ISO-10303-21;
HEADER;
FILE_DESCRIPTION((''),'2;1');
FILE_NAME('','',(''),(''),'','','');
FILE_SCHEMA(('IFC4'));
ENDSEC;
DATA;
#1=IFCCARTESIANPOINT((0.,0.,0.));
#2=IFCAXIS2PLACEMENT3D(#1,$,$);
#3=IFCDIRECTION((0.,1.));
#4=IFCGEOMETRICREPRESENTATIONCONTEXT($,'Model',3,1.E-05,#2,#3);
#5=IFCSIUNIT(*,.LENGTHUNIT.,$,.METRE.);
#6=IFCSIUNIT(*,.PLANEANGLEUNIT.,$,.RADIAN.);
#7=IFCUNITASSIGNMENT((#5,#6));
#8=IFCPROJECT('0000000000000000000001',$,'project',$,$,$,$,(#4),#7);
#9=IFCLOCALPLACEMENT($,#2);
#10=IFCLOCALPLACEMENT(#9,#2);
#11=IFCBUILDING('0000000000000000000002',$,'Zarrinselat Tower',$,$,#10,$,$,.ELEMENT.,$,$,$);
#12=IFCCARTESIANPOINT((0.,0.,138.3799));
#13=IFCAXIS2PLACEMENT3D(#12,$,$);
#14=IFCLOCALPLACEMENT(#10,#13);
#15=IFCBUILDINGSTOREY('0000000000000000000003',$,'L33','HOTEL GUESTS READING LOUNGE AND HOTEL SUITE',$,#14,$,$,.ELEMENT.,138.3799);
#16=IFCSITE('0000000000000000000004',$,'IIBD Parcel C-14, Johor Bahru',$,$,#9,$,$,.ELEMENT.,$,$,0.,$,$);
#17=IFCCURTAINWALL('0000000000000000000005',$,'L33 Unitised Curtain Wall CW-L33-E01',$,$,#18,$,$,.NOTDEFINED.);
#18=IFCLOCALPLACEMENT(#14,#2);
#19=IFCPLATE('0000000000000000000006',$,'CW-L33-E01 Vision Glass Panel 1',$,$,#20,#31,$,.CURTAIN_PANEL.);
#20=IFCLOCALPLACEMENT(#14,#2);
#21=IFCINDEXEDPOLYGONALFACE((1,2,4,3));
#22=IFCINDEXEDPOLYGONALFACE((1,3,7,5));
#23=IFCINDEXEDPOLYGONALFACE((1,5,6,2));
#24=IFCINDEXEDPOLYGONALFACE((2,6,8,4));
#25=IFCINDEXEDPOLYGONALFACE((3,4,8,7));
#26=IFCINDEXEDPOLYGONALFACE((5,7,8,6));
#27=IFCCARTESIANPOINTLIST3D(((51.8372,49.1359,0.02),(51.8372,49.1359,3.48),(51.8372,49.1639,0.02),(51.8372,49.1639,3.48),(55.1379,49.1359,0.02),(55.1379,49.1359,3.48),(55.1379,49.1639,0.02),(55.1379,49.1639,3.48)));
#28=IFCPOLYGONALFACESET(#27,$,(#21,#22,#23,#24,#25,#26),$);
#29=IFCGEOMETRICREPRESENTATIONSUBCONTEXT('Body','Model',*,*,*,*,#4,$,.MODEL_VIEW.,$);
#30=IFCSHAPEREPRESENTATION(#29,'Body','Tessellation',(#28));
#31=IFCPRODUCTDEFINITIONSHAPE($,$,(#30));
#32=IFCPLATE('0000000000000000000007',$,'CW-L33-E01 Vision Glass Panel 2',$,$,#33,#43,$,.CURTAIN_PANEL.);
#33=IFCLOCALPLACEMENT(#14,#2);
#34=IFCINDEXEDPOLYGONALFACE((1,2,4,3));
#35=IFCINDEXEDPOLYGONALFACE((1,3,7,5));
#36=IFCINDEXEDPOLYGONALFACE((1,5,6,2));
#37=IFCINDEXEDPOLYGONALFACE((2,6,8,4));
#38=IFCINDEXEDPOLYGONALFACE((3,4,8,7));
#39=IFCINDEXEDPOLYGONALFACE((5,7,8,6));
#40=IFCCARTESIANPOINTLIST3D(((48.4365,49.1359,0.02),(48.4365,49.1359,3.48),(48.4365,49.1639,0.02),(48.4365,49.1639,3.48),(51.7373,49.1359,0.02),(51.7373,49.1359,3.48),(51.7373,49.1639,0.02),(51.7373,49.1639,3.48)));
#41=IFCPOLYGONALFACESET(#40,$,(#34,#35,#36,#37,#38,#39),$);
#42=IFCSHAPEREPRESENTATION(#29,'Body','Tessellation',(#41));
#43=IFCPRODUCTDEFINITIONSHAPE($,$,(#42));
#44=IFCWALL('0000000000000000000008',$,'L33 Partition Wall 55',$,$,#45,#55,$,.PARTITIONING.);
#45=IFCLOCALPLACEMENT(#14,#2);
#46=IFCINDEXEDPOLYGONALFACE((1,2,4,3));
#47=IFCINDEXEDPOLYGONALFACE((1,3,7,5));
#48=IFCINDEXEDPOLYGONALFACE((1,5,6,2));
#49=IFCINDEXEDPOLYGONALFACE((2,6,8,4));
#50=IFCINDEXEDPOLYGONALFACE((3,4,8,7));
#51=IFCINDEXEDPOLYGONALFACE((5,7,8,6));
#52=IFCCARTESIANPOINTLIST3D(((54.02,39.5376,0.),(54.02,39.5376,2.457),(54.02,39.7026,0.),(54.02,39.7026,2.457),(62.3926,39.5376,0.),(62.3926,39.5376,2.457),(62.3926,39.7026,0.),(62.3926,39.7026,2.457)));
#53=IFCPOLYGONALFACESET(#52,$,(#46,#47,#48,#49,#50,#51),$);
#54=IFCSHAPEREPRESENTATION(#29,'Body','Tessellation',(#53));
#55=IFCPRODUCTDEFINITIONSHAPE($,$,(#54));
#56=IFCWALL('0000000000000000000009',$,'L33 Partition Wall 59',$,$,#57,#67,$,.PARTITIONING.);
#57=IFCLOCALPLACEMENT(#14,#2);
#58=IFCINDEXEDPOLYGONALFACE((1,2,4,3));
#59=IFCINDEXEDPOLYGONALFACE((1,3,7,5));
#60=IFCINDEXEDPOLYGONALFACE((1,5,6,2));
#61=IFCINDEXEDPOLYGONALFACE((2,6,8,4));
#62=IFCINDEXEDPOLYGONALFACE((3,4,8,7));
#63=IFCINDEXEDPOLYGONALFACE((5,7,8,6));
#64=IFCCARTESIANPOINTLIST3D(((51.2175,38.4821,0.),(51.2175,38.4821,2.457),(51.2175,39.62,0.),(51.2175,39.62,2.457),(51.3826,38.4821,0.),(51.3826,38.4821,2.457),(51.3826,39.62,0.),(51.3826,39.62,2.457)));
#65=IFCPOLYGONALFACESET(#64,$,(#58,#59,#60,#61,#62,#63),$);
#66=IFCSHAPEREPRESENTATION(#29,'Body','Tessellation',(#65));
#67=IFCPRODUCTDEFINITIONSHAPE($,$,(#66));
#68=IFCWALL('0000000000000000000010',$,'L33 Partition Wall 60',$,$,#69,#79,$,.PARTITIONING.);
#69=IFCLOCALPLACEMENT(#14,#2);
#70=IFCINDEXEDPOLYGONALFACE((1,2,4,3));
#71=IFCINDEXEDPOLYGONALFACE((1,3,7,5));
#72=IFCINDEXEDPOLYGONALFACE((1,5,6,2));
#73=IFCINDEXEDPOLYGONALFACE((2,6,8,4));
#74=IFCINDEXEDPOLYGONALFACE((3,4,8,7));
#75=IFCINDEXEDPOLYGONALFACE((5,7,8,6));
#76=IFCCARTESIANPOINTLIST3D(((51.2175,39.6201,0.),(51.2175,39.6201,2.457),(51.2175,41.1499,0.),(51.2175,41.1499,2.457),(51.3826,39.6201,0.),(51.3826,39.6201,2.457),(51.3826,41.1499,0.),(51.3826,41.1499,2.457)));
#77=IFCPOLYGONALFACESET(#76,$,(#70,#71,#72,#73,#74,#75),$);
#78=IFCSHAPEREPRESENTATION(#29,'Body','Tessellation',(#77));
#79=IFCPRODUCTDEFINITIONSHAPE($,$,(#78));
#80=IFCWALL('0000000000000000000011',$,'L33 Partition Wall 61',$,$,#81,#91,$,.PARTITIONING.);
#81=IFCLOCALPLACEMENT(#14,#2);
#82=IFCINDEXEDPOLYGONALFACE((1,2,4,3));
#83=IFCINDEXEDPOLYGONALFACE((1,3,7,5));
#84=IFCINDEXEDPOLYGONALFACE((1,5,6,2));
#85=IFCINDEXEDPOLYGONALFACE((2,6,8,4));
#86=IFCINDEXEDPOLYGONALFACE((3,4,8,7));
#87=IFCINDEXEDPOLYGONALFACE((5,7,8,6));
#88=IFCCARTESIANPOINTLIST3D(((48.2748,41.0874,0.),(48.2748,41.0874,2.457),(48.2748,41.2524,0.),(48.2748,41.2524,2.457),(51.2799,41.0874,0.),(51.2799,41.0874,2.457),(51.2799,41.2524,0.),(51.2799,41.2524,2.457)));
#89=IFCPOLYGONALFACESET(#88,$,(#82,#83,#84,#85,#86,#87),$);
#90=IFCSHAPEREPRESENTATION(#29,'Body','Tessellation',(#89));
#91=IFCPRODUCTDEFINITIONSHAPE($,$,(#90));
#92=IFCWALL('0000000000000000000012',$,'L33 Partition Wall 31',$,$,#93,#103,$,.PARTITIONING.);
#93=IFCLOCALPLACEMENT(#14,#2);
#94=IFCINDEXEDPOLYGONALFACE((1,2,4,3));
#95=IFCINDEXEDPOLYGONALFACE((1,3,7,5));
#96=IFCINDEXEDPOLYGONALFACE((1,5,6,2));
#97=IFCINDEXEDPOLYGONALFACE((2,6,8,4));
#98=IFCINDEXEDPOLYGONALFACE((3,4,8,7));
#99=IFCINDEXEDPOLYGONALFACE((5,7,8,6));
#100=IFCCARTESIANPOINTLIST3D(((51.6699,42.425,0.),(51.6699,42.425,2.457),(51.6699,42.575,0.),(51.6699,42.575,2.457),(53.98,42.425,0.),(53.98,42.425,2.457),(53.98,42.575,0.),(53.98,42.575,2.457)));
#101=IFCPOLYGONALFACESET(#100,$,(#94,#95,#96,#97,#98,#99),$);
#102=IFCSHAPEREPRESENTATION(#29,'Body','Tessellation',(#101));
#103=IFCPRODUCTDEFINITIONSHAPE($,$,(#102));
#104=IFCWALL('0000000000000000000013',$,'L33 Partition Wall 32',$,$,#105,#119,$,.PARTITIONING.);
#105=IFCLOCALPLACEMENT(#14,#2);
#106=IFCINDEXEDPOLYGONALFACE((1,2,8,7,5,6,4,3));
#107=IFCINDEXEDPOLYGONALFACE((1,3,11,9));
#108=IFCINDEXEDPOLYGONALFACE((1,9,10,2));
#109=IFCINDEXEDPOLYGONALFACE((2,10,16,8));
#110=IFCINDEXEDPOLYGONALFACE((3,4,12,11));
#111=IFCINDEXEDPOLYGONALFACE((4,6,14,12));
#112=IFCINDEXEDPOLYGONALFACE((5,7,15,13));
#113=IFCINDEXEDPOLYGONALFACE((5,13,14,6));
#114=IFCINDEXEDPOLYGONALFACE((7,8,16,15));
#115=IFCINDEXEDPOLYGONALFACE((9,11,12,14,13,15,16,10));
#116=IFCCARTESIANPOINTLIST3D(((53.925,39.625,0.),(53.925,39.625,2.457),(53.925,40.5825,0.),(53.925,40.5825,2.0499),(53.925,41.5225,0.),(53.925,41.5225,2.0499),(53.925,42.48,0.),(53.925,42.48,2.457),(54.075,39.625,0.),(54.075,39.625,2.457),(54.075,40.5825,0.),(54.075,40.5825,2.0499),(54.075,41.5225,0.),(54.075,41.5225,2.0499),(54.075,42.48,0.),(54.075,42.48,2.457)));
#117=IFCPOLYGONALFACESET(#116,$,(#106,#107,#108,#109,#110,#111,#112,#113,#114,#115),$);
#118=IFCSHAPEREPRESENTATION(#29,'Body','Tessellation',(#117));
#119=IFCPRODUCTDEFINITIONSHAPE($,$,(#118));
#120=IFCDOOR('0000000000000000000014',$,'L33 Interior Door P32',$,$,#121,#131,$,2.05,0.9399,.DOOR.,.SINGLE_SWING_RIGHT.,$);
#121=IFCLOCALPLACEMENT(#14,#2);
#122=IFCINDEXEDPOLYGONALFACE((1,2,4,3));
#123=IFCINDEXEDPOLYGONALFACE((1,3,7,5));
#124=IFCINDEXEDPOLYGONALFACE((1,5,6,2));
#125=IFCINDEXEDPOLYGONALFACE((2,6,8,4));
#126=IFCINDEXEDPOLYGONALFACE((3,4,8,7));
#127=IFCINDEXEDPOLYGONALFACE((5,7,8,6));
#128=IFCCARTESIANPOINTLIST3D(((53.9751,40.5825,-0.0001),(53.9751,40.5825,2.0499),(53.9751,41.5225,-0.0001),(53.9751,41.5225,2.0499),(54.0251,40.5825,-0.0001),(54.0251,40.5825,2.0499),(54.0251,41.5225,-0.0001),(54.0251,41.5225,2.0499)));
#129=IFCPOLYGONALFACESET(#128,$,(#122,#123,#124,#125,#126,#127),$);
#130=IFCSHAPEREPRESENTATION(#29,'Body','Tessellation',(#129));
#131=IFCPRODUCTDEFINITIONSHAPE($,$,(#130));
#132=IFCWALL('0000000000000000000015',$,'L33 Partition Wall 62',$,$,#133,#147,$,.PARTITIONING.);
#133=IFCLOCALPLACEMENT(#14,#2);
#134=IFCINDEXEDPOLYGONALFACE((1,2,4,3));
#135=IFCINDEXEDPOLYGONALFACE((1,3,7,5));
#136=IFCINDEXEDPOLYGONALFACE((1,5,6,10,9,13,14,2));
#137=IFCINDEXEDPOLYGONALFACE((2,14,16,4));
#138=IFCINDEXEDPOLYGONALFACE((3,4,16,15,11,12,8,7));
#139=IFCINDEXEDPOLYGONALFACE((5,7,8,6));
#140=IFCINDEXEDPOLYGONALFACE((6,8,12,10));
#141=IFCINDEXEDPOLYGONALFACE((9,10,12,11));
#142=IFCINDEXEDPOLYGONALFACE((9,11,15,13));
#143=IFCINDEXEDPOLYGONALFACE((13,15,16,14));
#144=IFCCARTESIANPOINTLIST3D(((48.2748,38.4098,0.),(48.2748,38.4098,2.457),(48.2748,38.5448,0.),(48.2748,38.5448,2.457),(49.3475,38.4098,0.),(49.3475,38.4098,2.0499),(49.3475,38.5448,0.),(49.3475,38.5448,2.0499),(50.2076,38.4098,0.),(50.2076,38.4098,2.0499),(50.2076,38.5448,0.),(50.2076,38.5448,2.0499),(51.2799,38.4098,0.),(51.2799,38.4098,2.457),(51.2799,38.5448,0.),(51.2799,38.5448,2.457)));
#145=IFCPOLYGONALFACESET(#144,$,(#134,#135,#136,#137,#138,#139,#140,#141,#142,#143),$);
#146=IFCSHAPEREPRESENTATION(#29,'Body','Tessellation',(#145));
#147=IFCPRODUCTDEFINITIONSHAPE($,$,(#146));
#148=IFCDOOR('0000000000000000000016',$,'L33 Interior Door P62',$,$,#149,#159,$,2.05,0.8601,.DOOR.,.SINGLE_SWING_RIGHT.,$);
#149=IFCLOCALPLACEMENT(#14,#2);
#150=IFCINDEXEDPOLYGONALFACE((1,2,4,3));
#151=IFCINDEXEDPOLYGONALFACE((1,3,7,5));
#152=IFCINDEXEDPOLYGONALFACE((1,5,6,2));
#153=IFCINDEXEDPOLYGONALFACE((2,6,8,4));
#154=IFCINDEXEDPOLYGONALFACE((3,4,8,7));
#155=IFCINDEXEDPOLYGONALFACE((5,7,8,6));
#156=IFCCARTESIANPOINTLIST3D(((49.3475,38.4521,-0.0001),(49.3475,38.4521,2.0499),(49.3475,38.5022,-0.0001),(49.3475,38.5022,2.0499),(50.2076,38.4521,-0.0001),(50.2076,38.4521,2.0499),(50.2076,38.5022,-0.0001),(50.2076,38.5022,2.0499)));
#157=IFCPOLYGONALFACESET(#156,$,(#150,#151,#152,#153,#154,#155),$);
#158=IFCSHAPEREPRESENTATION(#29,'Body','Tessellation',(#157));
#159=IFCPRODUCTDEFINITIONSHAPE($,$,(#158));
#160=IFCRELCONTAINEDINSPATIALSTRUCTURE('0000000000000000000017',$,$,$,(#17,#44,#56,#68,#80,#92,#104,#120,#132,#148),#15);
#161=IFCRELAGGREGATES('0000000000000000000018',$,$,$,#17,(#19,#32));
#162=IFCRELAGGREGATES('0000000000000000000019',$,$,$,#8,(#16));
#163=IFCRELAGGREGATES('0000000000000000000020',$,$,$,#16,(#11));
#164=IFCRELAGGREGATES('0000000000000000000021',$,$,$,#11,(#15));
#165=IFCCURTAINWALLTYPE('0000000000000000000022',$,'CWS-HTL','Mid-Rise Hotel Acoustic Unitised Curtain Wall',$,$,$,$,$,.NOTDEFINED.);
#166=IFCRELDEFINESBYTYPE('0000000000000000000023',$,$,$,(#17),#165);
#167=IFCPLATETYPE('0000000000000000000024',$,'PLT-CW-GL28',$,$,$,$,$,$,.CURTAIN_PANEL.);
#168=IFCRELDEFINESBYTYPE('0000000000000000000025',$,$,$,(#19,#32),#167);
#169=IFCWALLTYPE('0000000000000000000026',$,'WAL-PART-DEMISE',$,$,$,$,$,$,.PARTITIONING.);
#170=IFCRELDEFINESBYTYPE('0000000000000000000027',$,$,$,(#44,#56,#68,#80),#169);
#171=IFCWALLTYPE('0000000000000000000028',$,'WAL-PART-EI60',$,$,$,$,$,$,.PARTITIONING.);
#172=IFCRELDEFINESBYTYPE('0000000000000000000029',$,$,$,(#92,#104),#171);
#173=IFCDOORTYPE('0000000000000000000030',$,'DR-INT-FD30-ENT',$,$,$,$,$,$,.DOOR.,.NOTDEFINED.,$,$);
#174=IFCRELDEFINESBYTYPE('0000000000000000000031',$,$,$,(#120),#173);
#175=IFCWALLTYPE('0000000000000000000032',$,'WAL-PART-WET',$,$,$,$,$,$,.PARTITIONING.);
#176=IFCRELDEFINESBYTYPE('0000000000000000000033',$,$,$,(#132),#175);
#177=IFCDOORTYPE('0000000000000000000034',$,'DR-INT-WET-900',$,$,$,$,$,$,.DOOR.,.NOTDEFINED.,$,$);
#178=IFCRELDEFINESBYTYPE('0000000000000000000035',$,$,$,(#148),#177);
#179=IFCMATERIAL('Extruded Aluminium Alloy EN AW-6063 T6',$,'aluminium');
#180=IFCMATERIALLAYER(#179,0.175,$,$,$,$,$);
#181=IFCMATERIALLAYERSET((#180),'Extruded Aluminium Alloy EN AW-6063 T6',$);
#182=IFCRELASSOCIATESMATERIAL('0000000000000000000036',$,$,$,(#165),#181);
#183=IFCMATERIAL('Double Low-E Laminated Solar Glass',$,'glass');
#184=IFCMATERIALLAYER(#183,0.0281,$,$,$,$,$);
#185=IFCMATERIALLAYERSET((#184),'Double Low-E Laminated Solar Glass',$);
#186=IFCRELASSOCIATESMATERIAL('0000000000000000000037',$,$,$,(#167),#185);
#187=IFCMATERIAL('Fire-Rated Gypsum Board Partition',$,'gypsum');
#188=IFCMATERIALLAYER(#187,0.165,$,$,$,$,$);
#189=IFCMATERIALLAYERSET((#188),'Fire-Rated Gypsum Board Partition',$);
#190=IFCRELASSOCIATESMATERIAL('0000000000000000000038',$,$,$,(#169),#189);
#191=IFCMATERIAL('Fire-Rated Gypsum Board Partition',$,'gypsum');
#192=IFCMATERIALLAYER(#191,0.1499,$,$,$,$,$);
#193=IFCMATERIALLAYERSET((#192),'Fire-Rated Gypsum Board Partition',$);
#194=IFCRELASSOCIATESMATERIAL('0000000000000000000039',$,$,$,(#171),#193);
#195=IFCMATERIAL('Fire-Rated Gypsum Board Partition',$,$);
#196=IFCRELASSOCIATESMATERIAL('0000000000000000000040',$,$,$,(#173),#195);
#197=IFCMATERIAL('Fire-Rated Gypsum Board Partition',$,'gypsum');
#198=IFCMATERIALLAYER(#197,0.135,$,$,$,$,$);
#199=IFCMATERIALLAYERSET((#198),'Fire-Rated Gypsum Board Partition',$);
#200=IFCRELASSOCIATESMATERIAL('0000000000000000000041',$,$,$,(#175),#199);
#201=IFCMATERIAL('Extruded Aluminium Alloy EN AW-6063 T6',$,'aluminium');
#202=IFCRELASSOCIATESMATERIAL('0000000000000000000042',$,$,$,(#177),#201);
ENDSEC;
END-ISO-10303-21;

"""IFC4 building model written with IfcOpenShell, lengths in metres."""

from ifc_helpers import new_model, si_unit, direction, frame, frame_2d, origin, origin_2d, place, context, subcontext, project, spatial, rectangle, extrude, material, layer, layer_set, type_object, element, fill, aggregate, save


model = new_model("IFC4")

# Units and contexts
model_context = context("Model", 3, precision=1e-05, world=origin(), true_north=direction((0.0, 1.0)))
body_context = subcontext(model_context, "Body", "Model", "MODEL_VIEW")
ifc_project = project(units=[si_unit("LENGTHUNIT", "METRE"), si_unit("PLANEANGLEUNIT", "RADIAN")], contexts=[model_context])

# Site, building, storey
site_placement = place(None, origin())
site = spatial("IfcSite", under=ifc_project, at=site_placement, Name="IIBD Parcel C-14, Johor Bahru", CompositionType="ELEMENT", RefElevation=0.0)
building_placement = place(site_placement, origin())
building = spatial("IfcBuilding", under=site, at=building_placement, Name="Zarrinselat Tower", CompositionType="ELEMENT")
storey_placement = place(building_placement, frame((0.0, 0.0, 138.3799)))
storey = spatial("IfcBuildingStorey", under=building, at=storey_placement, Name="L33", Description="HOTEL GUESTS READING LOUNGE AND HOTEL SUITE", CompositionType="ELEMENT", Elevation=138.3799)

# Curtain wall, plates
ifc_material_1 = material(Name="Extruded Aluminium Alloy EN AW-6063 T6", Category="aluminium")
ifc_layer_1 = layer(ifc_material_1, 0.175)
ifc_layer_set_1 = layer_set([ifc_layer_1], Name="Extruded Aluminium Alloy EN AW-6063 T6")
curtain_wall_type = type_object("IfcCurtainWallType", Name="CWS-HTL", Description="Mid-Rise Hotel Acoustic Unitised Curtain Wall", PredefinedType="NOTDEFINED", material=ifc_layer_set_1)
curtain_wall_placement = place(storey_placement, origin())
curtain_wall = element("IfcCurtainWall", 1, at=curtain_wall_placement, inside=storey, type_object=curtain_wall_type, Name="L33 Unitised Curtain Wall CW-L33-E01", PredefinedType="NOTDEFINED")
ifc_material_2 = material(Name="Double Low-E Laminated Solar Glass", Category="glass")
ifc_layer_2 = layer(ifc_material_2, 0.0281)
ifc_layer_set_2 = layer_set([ifc_layer_2], Name="Double Low-E Laminated Solar Glass")
plate_type = type_object("IfcPlateType", Name="PLT-CW-GL28", PredefinedType="CURTAIN_PANEL", material=ifc_layer_set_2)
plate_1_placement = place(storey_placement, frame((53.4875, 49.1499, 0.02), z_axis=(0.0, 0.0, 1.0), x_axis=(-1.0, 0.0, 0.0)))
plate_1 = element("IfcPlate", 2, at=plate_1_placement, type_object=plate_type, Name="CW-L33-E01 Vision Glass Panel 1", PredefinedType="CURTAIN_PANEL", context=body_context, shape_type="SweptSolid", body=[
    extrude(rectangle(XDim=3.3008, YDim=0.0281, at=origin_2d()), origin(), (0.0, 0.0, 1.0), 3.46),
])
plate_2_placement = place(storey_placement, frame((50.0869, 49.1499, 0.02), z_axis=(0.0, 0.0, 1.0), x_axis=(-1.0, 0.0, 0.0)))
plate_2 = element("IfcPlate", 3, at=plate_2_placement, type_object=plate_type, Name="CW-L33-E01 Vision Glass Panel 2", PredefinedType="CURTAIN_PANEL", context=body_context, shape_type="SweptSolid", body=[
    extrude(rectangle(XDim=3.3008, YDim=0.0281, at=origin_2d()), origin(), (0.0, 0.0, 1.0), 3.46),
])
aggregate(curtain_wall, [plate_1, plate_2])

# Walls
ifc_material_3 = material(Name="Fire-Rated Gypsum Board Partition", Category="gypsum")
ifc_layer_3 = layer(ifc_material_3, 0.165)
ifc_layer_set_3 = layer_set([ifc_layer_3], Name="Fire-Rated Gypsum Board Partition")
wall_type_1 = type_object("IfcWallType", Name="WAL-PART-DEMISE", PredefinedType="PARTITIONING", material=ifc_layer_set_3)
wall_1_placement = place(storey_placement, frame((54.02, 39.6201, 0.0), z_axis=(0.0, 0.0, 1.0), x_axis=(1.0, 0.0, 0.0)))
element("IfcWall", 4, at=wall_1_placement, inside=storey, type_object=wall_type_1, Name="L33 Partition Wall 55", PredefinedType="PARTITIONING", context=body_context, shape_type="SweptSolid", body=[
    extrude(rectangle(XDim=8.3726, YDim=0.165, at=frame_2d((4.1863, 0.0))), origin(), (0.0, 0.0, 1.0), 2.457),
])
wall_2_placement = place(storey_placement, frame((51.3, 38.4822, 0.0), z_axis=(0.0, 0.0, 1.0), x_axis=(0.0, 1.0, 0.0)))
element("IfcWall", 5, at=wall_2_placement, inside=storey, type_object=wall_type_1, Name="L33 Partition Wall 59", PredefinedType="PARTITIONING", context=body_context, shape_type="SweptSolid", body=[
    extrude(rectangle(XDim=1.1379, YDim=0.165, at=frame_2d((0.5688, 0.0))), origin(), (0.0, 0.0, 1.0), 2.457),
])
wall_3_placement = place(storey_placement, frame((51.3, 39.6201, 0.0), z_axis=(0.0, 0.0, 1.0), x_axis=(0.0, 1.0, 0.0)))
element("IfcWall", 6, at=wall_3_placement, inside=storey, type_object=wall_type_1, Name="L33 Partition Wall 60", PredefinedType="PARTITIONING", context=body_context, shape_type="SweptSolid", body=[
    extrude(rectangle(XDim=1.5298, YDim=0.165, at=frame_2d((0.7649, 0.0))), origin(), (0.0, 0.0, 1.0), 2.457),
])
wall_4_placement = place(storey_placement, frame((48.2749, 41.1699, 0.0), z_axis=(0.0, 0.0, 1.0), x_axis=(1.0, 0.0, 0.0)))
element("IfcWall", 7, at=wall_4_placement, inside=storey, type_object=wall_type_1, Name="L33 Partition Wall 61", PredefinedType="PARTITIONING", context=body_context, shape_type="SweptSolid", body=[
    extrude(rectangle(XDim=3.0051, YDim=0.165, at=frame_2d((1.5024, 0.0))), origin(), (0.0, 0.0, 1.0), 2.457),
])
ifc_material_4 = material(Name="Fire-Rated Gypsum Board Partition", Category="gypsum")
ifc_layer_4 = layer(ifc_material_4, 0.1499)
ifc_layer_set_4 = layer_set([ifc_layer_4], Name="Fire-Rated Gypsum Board Partition")
wall_type_2 = type_object("IfcWallType", Name="WAL-PART-EI60", PredefinedType="PARTITIONING", material=ifc_layer_set_4)
wall_5_placement = place(storey_placement, frame((51.6699, 42.5, 0.0), z_axis=(0.0, 0.0, 1.0), x_axis=(1.0, 0.0, 0.0)))
element("IfcWall", 8, at=wall_5_placement, inside=storey, type_object=wall_type_2, Name="L33 Partition Wall 31", PredefinedType="PARTITIONING", context=body_context, shape_type="SweptSolid", body=[
    extrude(rectangle(XDim=2.3101, YDim=0.1499, at=frame_2d((1.155, 0.0))), origin(), (0.0, 0.0, 1.0), 2.457),
])

# Walls, openings, doors
wall_6_placement = place(storey_placement, frame((54.0, 39.625, 0.0), z_axis=(0.0, 0.0, 1.0), x_axis=(0.0, 1.0, 0.0)))
wall_6 = element("IfcWall", 9, at=wall_6_placement, inside=storey, type_object=wall_type_2, Name="L33 Partition Wall 32", PredefinedType="PARTITIONING", context=body_context, shape_type="SweptSolid", body=[
    extrude(rectangle(XDim=2.855, YDim=0.1499, at=frame_2d((1.4275, 0.0))), origin(), (0.0, 0.0, 1.0), 2.457),
])
opening_1_placement = place(wall_6_placement, frame((0.9575, 0.0, 0.0)))
opening_1 = element("IfcOpeningElement", 10, at=opening_1_placement, cuts=wall_6, PredefinedType="OPENING", context=body_context, shape_type="SweptSolid", body=[
    extrude(rectangle(XDim=0.9399, YDim=2.05, at=frame_2d((0.47, 1.0249))), frame((0.0, 0.085, 0.0), z_axis=(0.0, -1.0, 0.0), x_axis=(1.0, 0.0, 0.0)), (0.0, 0.0, 1.0), 0.1699),
])
ifc_material_5 = material(Name="Fire-Rated Gypsum Board Partition")
door_type_1 = type_object("IfcDoorType", Name="DR-INT-FD30-ENT", OperationType="NOTDEFINED", PredefinedType="DOOR", material=ifc_material_5)
door_1_placement = place(opening_1_placement, origin())
door_1 = element("IfcDoor", 11, at=door_1_placement, inside=storey, type_object=door_type_1, Name="L33 Interior Door P32", OperationType="SINGLE_SWING_RIGHT", OverallHeight=2.05, OverallWidth=0.9399, PredefinedType="DOOR", context=body_context, shape_type="SweptSolid", body=[
    extrude(rectangle(XDim=0.9399, YDim=2.05, at=frame_2d((0.47, 1.0249))), frame((0.0, 0.0249, 0.0), z_axis=(0.0, -1.0, 0.0), x_axis=(1.0, 0.0, 0.0)), (0.0, 0.0, 1.0), 0.05),
])
fill(opening_1, door_1)
ifc_material_6 = material(Name="Fire-Rated Gypsum Board Partition", Category="gypsum")
ifc_layer_5 = layer(ifc_material_6, 0.135)
ifc_layer_set_5 = layer_set([ifc_layer_5], Name="Fire-Rated Gypsum Board Partition")
wall_type_3 = type_object("IfcWallType", Name="WAL-PART-WET", PredefinedType="PARTITIONING", material=ifc_layer_set_5)
wall_7_placement = place(storey_placement, frame((48.2749, 38.4773, 0.0), z_axis=(0.0, 0.0, 1.0), x_axis=(1.0, 0.0, 0.0)))
wall_7 = element("IfcWall", 12, at=wall_7_placement, inside=storey, type_object=wall_type_3, Name="L33 Partition Wall 62", PredefinedType="PARTITIONING", context=body_context, shape_type="SweptSolid", body=[
    extrude(rectangle(XDim=3.0051, YDim=0.135, at=frame_2d((1.5024, 0.0))), origin(), (0.0, 0.0, 1.0), 2.457),
])
opening_2_placement = place(wall_7_placement, frame((1.0725, 0.0, 0.0)))
opening_2 = element("IfcOpeningElement", 13, at=opening_2_placement, cuts=wall_7, PredefinedType="OPENING", context=body_context, shape_type="SweptSolid", body=[
    extrude(rectangle(XDim=0.8601, YDim=2.05, at=frame_2d((0.4302, 1.0249))), frame((0.0, 0.0774, 0.0), z_axis=(0.0, -1.0, 0.0), x_axis=(1.0, 0.0, 0.0)), (0.0, 0.0, 1.0), 0.155),
])
ifc_material_7 = material(Name="Extruded Aluminium Alloy EN AW-6063 T6", Category="aluminium")
door_type_2 = type_object("IfcDoorType", Name="DR-INT-WET-900", OperationType="NOTDEFINED", PredefinedType="DOOR", material=ifc_material_7)
door_2_placement = place(opening_2_placement, origin())
door_2 = element("IfcDoor", 14, at=door_2_placement, inside=storey, type_object=door_type_2, Name="L33 Interior Door P62", OperationType="SINGLE_SWING_RIGHT", OverallHeight=2.05, OverallWidth=0.8601, PredefinedType="DOOR", context=body_context, shape_type="SweptSolid", body=[
    extrude(rectangle(XDim=0.8601, YDim=2.05, at=frame_2d((0.4302, 1.0249))), frame((0.0, 0.0249, 0.0), z_axis=(0.0, -1.0, 0.0), x_axis=(1.0, 0.0, 0.0)), (0.0, 0.0, 1.0), 0.05),
])
fill(opening_2, door_2)

save(model, "model.ifc")
